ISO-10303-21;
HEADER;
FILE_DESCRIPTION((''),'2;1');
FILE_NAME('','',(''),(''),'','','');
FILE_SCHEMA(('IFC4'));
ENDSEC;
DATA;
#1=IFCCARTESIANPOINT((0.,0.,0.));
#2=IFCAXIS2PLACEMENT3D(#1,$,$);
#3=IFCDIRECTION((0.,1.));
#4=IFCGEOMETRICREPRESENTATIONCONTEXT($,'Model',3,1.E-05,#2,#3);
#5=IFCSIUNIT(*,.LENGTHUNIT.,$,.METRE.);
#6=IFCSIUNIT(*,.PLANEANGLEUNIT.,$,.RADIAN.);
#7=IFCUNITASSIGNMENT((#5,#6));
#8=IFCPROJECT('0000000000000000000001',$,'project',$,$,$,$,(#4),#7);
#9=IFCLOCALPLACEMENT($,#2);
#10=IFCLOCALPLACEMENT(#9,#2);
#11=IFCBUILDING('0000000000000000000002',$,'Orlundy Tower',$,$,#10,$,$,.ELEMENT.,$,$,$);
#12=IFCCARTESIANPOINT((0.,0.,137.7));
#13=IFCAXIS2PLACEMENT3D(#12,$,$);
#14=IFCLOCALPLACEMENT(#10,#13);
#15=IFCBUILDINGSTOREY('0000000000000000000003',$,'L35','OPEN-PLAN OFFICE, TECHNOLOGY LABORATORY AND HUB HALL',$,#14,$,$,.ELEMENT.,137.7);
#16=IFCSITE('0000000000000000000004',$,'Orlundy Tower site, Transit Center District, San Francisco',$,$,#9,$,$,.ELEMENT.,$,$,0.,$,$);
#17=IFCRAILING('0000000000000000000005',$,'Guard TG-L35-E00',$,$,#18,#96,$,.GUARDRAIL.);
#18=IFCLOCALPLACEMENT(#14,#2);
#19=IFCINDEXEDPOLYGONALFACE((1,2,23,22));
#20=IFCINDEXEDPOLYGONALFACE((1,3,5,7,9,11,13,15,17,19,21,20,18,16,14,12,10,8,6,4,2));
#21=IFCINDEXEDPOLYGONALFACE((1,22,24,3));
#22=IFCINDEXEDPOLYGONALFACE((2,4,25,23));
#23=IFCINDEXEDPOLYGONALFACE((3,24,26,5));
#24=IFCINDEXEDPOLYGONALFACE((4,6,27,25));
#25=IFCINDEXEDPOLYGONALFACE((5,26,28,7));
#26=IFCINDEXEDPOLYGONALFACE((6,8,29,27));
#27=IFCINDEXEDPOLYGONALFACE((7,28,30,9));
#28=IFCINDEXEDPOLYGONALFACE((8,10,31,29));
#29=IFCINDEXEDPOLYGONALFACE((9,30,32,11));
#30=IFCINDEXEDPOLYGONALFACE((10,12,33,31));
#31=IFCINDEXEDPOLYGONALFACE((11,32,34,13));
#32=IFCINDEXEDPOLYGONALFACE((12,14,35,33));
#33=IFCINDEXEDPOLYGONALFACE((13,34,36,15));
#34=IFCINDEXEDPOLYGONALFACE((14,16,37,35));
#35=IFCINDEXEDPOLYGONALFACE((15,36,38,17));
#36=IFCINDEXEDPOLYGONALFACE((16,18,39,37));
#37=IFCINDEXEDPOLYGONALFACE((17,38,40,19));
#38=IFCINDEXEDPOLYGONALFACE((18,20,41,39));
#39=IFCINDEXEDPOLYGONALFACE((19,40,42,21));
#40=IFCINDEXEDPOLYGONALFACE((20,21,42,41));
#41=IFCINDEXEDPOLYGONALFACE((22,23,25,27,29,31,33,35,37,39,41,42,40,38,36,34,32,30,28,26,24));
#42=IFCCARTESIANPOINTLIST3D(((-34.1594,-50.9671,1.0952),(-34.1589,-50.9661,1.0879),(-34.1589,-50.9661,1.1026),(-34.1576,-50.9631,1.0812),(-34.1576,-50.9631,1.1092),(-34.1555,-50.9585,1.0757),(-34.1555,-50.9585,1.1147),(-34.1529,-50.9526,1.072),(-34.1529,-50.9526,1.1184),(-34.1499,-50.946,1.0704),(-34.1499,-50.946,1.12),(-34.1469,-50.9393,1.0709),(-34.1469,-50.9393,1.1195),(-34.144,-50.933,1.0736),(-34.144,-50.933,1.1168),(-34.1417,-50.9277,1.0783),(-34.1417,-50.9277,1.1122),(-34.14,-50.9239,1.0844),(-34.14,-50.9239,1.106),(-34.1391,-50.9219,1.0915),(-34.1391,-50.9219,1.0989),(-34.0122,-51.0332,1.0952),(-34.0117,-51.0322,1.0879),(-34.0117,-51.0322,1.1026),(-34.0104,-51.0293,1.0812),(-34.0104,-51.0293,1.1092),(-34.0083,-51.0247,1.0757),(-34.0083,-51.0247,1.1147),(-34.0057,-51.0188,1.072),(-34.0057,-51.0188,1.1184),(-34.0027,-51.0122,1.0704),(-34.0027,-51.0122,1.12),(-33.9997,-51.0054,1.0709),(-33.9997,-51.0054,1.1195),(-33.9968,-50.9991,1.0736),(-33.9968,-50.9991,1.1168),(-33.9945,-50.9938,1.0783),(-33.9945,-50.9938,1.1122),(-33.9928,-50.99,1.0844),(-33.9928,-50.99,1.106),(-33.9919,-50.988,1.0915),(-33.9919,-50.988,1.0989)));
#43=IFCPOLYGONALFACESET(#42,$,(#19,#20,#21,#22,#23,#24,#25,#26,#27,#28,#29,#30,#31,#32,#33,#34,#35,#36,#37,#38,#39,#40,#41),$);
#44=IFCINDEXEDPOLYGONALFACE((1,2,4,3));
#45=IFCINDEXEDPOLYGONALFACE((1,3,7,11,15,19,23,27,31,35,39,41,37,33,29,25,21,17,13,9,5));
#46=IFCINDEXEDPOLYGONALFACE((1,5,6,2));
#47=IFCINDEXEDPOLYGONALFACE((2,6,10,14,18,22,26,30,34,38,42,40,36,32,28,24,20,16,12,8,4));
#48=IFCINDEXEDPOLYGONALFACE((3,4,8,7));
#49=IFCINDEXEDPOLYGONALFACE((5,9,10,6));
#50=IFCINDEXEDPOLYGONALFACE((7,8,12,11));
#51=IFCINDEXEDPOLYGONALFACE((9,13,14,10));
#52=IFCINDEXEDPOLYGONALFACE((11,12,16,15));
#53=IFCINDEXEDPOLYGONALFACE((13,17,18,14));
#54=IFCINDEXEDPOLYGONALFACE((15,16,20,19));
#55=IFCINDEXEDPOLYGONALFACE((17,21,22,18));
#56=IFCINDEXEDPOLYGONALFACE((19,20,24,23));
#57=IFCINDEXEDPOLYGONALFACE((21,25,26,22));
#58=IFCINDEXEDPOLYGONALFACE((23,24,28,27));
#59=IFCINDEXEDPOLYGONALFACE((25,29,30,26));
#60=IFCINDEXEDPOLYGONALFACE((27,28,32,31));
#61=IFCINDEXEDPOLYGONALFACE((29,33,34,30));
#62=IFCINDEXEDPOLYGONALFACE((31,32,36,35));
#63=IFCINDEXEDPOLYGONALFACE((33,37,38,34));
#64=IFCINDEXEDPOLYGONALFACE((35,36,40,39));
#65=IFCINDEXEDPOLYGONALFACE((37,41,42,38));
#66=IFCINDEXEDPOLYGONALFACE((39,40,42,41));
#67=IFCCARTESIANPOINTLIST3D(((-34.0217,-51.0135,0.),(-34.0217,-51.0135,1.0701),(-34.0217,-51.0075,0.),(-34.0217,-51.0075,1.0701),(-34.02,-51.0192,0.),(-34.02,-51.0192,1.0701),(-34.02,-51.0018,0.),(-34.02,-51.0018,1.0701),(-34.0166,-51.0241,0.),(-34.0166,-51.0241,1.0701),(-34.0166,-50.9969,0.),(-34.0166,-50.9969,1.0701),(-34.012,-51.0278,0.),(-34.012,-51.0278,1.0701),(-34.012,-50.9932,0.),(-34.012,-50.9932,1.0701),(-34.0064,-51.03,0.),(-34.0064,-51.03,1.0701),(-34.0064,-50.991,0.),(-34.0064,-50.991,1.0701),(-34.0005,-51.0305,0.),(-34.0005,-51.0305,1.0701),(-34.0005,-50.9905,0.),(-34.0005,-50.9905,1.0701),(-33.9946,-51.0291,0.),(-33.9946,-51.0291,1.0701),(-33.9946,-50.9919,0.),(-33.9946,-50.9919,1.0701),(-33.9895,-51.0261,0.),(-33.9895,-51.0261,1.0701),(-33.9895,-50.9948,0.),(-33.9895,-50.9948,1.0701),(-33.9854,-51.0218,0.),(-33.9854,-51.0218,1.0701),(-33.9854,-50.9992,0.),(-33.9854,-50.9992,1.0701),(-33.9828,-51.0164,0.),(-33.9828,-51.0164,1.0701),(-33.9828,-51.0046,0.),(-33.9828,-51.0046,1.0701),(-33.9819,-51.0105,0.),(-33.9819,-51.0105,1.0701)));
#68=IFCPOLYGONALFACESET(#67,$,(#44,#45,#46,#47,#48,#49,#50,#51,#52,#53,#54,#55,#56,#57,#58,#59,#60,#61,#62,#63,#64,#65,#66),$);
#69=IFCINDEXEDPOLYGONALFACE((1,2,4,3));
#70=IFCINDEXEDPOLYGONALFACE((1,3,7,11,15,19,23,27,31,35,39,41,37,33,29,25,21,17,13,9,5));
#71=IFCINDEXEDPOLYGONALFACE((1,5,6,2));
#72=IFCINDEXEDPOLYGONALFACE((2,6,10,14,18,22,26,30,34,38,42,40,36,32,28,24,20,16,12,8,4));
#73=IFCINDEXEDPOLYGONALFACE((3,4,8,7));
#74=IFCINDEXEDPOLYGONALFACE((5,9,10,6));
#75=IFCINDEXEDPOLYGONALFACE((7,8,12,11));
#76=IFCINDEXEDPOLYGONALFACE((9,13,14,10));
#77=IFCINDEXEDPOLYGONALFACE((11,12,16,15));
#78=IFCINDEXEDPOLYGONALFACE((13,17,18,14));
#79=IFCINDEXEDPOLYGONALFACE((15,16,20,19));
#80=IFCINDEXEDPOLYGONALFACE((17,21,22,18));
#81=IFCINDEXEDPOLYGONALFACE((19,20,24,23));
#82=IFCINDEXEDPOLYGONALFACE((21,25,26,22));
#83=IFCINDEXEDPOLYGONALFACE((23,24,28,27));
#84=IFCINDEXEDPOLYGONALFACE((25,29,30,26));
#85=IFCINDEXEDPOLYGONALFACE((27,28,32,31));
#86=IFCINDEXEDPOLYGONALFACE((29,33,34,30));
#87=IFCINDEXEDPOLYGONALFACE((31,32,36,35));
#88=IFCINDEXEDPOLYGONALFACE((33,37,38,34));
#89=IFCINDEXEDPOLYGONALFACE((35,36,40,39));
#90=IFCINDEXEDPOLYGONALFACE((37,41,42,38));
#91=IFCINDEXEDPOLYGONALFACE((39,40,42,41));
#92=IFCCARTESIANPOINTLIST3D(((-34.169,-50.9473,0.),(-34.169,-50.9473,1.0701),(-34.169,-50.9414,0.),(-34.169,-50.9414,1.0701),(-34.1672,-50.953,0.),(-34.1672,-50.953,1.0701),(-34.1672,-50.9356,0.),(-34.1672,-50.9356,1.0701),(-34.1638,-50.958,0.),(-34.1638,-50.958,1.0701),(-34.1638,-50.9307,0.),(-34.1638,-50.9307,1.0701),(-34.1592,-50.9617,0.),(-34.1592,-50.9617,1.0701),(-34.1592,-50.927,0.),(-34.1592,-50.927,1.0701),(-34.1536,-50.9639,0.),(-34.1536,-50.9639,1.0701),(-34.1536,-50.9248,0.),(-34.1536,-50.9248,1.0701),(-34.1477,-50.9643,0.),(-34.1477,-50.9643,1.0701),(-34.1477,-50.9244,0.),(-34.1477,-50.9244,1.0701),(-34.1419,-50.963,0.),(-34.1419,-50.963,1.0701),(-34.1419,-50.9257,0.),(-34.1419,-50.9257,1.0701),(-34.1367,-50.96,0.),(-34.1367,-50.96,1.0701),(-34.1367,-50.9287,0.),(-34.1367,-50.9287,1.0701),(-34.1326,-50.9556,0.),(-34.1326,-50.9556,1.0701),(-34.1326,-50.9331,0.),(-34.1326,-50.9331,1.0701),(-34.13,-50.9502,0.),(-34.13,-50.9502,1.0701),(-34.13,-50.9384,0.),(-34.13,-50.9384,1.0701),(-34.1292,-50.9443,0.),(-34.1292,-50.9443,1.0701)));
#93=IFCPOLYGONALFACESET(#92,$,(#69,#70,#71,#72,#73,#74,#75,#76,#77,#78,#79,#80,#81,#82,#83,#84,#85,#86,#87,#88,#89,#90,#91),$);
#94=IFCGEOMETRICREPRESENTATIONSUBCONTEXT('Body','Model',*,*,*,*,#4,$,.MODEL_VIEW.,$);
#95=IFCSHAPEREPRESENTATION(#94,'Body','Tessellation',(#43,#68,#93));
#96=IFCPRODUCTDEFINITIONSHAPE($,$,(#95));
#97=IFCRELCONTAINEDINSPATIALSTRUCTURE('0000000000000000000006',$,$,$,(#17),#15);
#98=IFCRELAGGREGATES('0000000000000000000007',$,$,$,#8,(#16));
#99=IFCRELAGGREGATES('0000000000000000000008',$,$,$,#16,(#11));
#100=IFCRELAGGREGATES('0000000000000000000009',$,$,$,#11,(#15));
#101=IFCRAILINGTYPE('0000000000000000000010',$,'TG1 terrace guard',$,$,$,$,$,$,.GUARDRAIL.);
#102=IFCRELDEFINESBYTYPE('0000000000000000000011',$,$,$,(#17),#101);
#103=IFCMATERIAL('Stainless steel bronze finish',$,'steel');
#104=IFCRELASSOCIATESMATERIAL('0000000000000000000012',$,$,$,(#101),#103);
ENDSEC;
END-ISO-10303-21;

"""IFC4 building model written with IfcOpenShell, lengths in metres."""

from ifc_helpers import new_model, si_unit, direction, frame, origin, origin_2d, place, context, subcontext, project, spatial, circle, extrude, material, type_object, element, save


model = new_model("IFC4")

# Units and contexts
model_context = context("Model", 3, precision=1e-05, world=origin(), true_north=direction((0.0, 1.0)))
body_context = subcontext(model_context, "Body", "Model", "MODEL_VIEW")
ifc_project = project(units=[si_unit("LENGTHUNIT", "METRE"), si_unit("PLANEANGLEUNIT", "RADIAN")], contexts=[model_context])

# Site, building, storey
site_placement = place(None, origin())
site = spatial("IfcSite", under=ifc_project, at=site_placement, Name="Orlundy Tower site, Transit Center District, San Francisco", CompositionType="ELEMENT", RefElevation=0.0)
building_placement = place(site_placement, origin())
building = spatial("IfcBuilding", under=site, at=building_placement, Name="Orlundy Tower", CompositionType="ELEMENT")
storey_placement = place(building_placement, frame((0.0, 0.0, 137.7)))
storey = spatial("IfcBuildingStorey", under=building, at=storey_placement, Name="L35", Description="OPEN-PLAN OFFICE, TECHNOLOGY LABORATORY AND HUB HALL", CompositionType="ELEMENT", Elevation=137.7)

# Railing
ifc_material_1 = material(Name="Stainless steel bronze finish", Category="steel")
railing_type = type_object("IfcRailingType", Name="TG1 terrace guard", PredefinedType="GUARDRAIL", material=ifc_material_1)
railing_placement = place(storey_placement, frame((-34.002, -51.0105, 0.0)))
element("IfcRailing", 1, at=railing_placement, inside=storey, type_object=railing_type, Name="Guard TG-L35-E00", PredefinedType="GUARDRAIL", context=body_context, shape_type="SweptSolid", body=[
    extrude(circle(Radius=0.0249, at=origin_2d()), frame((0.0, 0.0, 1.0952), z_axis=(-0.91212, 0.409924, 0.0), x_axis=(-0.409924, -0.91212, 0.0)), (0.0, 0.0, 1.0), 0.1614),
    extrude(circle(Radius=0.02, at=origin_2d()), origin(), (0.0, 0.0, 1.0), 1.0701),
    extrude(circle(Radius=0.02, at=origin_2d()), frame((-0.1472, 0.0662, 0.0)), (0.0, 0.0, 1.0), 1.0701),
])

save(model, "model.ifc")
